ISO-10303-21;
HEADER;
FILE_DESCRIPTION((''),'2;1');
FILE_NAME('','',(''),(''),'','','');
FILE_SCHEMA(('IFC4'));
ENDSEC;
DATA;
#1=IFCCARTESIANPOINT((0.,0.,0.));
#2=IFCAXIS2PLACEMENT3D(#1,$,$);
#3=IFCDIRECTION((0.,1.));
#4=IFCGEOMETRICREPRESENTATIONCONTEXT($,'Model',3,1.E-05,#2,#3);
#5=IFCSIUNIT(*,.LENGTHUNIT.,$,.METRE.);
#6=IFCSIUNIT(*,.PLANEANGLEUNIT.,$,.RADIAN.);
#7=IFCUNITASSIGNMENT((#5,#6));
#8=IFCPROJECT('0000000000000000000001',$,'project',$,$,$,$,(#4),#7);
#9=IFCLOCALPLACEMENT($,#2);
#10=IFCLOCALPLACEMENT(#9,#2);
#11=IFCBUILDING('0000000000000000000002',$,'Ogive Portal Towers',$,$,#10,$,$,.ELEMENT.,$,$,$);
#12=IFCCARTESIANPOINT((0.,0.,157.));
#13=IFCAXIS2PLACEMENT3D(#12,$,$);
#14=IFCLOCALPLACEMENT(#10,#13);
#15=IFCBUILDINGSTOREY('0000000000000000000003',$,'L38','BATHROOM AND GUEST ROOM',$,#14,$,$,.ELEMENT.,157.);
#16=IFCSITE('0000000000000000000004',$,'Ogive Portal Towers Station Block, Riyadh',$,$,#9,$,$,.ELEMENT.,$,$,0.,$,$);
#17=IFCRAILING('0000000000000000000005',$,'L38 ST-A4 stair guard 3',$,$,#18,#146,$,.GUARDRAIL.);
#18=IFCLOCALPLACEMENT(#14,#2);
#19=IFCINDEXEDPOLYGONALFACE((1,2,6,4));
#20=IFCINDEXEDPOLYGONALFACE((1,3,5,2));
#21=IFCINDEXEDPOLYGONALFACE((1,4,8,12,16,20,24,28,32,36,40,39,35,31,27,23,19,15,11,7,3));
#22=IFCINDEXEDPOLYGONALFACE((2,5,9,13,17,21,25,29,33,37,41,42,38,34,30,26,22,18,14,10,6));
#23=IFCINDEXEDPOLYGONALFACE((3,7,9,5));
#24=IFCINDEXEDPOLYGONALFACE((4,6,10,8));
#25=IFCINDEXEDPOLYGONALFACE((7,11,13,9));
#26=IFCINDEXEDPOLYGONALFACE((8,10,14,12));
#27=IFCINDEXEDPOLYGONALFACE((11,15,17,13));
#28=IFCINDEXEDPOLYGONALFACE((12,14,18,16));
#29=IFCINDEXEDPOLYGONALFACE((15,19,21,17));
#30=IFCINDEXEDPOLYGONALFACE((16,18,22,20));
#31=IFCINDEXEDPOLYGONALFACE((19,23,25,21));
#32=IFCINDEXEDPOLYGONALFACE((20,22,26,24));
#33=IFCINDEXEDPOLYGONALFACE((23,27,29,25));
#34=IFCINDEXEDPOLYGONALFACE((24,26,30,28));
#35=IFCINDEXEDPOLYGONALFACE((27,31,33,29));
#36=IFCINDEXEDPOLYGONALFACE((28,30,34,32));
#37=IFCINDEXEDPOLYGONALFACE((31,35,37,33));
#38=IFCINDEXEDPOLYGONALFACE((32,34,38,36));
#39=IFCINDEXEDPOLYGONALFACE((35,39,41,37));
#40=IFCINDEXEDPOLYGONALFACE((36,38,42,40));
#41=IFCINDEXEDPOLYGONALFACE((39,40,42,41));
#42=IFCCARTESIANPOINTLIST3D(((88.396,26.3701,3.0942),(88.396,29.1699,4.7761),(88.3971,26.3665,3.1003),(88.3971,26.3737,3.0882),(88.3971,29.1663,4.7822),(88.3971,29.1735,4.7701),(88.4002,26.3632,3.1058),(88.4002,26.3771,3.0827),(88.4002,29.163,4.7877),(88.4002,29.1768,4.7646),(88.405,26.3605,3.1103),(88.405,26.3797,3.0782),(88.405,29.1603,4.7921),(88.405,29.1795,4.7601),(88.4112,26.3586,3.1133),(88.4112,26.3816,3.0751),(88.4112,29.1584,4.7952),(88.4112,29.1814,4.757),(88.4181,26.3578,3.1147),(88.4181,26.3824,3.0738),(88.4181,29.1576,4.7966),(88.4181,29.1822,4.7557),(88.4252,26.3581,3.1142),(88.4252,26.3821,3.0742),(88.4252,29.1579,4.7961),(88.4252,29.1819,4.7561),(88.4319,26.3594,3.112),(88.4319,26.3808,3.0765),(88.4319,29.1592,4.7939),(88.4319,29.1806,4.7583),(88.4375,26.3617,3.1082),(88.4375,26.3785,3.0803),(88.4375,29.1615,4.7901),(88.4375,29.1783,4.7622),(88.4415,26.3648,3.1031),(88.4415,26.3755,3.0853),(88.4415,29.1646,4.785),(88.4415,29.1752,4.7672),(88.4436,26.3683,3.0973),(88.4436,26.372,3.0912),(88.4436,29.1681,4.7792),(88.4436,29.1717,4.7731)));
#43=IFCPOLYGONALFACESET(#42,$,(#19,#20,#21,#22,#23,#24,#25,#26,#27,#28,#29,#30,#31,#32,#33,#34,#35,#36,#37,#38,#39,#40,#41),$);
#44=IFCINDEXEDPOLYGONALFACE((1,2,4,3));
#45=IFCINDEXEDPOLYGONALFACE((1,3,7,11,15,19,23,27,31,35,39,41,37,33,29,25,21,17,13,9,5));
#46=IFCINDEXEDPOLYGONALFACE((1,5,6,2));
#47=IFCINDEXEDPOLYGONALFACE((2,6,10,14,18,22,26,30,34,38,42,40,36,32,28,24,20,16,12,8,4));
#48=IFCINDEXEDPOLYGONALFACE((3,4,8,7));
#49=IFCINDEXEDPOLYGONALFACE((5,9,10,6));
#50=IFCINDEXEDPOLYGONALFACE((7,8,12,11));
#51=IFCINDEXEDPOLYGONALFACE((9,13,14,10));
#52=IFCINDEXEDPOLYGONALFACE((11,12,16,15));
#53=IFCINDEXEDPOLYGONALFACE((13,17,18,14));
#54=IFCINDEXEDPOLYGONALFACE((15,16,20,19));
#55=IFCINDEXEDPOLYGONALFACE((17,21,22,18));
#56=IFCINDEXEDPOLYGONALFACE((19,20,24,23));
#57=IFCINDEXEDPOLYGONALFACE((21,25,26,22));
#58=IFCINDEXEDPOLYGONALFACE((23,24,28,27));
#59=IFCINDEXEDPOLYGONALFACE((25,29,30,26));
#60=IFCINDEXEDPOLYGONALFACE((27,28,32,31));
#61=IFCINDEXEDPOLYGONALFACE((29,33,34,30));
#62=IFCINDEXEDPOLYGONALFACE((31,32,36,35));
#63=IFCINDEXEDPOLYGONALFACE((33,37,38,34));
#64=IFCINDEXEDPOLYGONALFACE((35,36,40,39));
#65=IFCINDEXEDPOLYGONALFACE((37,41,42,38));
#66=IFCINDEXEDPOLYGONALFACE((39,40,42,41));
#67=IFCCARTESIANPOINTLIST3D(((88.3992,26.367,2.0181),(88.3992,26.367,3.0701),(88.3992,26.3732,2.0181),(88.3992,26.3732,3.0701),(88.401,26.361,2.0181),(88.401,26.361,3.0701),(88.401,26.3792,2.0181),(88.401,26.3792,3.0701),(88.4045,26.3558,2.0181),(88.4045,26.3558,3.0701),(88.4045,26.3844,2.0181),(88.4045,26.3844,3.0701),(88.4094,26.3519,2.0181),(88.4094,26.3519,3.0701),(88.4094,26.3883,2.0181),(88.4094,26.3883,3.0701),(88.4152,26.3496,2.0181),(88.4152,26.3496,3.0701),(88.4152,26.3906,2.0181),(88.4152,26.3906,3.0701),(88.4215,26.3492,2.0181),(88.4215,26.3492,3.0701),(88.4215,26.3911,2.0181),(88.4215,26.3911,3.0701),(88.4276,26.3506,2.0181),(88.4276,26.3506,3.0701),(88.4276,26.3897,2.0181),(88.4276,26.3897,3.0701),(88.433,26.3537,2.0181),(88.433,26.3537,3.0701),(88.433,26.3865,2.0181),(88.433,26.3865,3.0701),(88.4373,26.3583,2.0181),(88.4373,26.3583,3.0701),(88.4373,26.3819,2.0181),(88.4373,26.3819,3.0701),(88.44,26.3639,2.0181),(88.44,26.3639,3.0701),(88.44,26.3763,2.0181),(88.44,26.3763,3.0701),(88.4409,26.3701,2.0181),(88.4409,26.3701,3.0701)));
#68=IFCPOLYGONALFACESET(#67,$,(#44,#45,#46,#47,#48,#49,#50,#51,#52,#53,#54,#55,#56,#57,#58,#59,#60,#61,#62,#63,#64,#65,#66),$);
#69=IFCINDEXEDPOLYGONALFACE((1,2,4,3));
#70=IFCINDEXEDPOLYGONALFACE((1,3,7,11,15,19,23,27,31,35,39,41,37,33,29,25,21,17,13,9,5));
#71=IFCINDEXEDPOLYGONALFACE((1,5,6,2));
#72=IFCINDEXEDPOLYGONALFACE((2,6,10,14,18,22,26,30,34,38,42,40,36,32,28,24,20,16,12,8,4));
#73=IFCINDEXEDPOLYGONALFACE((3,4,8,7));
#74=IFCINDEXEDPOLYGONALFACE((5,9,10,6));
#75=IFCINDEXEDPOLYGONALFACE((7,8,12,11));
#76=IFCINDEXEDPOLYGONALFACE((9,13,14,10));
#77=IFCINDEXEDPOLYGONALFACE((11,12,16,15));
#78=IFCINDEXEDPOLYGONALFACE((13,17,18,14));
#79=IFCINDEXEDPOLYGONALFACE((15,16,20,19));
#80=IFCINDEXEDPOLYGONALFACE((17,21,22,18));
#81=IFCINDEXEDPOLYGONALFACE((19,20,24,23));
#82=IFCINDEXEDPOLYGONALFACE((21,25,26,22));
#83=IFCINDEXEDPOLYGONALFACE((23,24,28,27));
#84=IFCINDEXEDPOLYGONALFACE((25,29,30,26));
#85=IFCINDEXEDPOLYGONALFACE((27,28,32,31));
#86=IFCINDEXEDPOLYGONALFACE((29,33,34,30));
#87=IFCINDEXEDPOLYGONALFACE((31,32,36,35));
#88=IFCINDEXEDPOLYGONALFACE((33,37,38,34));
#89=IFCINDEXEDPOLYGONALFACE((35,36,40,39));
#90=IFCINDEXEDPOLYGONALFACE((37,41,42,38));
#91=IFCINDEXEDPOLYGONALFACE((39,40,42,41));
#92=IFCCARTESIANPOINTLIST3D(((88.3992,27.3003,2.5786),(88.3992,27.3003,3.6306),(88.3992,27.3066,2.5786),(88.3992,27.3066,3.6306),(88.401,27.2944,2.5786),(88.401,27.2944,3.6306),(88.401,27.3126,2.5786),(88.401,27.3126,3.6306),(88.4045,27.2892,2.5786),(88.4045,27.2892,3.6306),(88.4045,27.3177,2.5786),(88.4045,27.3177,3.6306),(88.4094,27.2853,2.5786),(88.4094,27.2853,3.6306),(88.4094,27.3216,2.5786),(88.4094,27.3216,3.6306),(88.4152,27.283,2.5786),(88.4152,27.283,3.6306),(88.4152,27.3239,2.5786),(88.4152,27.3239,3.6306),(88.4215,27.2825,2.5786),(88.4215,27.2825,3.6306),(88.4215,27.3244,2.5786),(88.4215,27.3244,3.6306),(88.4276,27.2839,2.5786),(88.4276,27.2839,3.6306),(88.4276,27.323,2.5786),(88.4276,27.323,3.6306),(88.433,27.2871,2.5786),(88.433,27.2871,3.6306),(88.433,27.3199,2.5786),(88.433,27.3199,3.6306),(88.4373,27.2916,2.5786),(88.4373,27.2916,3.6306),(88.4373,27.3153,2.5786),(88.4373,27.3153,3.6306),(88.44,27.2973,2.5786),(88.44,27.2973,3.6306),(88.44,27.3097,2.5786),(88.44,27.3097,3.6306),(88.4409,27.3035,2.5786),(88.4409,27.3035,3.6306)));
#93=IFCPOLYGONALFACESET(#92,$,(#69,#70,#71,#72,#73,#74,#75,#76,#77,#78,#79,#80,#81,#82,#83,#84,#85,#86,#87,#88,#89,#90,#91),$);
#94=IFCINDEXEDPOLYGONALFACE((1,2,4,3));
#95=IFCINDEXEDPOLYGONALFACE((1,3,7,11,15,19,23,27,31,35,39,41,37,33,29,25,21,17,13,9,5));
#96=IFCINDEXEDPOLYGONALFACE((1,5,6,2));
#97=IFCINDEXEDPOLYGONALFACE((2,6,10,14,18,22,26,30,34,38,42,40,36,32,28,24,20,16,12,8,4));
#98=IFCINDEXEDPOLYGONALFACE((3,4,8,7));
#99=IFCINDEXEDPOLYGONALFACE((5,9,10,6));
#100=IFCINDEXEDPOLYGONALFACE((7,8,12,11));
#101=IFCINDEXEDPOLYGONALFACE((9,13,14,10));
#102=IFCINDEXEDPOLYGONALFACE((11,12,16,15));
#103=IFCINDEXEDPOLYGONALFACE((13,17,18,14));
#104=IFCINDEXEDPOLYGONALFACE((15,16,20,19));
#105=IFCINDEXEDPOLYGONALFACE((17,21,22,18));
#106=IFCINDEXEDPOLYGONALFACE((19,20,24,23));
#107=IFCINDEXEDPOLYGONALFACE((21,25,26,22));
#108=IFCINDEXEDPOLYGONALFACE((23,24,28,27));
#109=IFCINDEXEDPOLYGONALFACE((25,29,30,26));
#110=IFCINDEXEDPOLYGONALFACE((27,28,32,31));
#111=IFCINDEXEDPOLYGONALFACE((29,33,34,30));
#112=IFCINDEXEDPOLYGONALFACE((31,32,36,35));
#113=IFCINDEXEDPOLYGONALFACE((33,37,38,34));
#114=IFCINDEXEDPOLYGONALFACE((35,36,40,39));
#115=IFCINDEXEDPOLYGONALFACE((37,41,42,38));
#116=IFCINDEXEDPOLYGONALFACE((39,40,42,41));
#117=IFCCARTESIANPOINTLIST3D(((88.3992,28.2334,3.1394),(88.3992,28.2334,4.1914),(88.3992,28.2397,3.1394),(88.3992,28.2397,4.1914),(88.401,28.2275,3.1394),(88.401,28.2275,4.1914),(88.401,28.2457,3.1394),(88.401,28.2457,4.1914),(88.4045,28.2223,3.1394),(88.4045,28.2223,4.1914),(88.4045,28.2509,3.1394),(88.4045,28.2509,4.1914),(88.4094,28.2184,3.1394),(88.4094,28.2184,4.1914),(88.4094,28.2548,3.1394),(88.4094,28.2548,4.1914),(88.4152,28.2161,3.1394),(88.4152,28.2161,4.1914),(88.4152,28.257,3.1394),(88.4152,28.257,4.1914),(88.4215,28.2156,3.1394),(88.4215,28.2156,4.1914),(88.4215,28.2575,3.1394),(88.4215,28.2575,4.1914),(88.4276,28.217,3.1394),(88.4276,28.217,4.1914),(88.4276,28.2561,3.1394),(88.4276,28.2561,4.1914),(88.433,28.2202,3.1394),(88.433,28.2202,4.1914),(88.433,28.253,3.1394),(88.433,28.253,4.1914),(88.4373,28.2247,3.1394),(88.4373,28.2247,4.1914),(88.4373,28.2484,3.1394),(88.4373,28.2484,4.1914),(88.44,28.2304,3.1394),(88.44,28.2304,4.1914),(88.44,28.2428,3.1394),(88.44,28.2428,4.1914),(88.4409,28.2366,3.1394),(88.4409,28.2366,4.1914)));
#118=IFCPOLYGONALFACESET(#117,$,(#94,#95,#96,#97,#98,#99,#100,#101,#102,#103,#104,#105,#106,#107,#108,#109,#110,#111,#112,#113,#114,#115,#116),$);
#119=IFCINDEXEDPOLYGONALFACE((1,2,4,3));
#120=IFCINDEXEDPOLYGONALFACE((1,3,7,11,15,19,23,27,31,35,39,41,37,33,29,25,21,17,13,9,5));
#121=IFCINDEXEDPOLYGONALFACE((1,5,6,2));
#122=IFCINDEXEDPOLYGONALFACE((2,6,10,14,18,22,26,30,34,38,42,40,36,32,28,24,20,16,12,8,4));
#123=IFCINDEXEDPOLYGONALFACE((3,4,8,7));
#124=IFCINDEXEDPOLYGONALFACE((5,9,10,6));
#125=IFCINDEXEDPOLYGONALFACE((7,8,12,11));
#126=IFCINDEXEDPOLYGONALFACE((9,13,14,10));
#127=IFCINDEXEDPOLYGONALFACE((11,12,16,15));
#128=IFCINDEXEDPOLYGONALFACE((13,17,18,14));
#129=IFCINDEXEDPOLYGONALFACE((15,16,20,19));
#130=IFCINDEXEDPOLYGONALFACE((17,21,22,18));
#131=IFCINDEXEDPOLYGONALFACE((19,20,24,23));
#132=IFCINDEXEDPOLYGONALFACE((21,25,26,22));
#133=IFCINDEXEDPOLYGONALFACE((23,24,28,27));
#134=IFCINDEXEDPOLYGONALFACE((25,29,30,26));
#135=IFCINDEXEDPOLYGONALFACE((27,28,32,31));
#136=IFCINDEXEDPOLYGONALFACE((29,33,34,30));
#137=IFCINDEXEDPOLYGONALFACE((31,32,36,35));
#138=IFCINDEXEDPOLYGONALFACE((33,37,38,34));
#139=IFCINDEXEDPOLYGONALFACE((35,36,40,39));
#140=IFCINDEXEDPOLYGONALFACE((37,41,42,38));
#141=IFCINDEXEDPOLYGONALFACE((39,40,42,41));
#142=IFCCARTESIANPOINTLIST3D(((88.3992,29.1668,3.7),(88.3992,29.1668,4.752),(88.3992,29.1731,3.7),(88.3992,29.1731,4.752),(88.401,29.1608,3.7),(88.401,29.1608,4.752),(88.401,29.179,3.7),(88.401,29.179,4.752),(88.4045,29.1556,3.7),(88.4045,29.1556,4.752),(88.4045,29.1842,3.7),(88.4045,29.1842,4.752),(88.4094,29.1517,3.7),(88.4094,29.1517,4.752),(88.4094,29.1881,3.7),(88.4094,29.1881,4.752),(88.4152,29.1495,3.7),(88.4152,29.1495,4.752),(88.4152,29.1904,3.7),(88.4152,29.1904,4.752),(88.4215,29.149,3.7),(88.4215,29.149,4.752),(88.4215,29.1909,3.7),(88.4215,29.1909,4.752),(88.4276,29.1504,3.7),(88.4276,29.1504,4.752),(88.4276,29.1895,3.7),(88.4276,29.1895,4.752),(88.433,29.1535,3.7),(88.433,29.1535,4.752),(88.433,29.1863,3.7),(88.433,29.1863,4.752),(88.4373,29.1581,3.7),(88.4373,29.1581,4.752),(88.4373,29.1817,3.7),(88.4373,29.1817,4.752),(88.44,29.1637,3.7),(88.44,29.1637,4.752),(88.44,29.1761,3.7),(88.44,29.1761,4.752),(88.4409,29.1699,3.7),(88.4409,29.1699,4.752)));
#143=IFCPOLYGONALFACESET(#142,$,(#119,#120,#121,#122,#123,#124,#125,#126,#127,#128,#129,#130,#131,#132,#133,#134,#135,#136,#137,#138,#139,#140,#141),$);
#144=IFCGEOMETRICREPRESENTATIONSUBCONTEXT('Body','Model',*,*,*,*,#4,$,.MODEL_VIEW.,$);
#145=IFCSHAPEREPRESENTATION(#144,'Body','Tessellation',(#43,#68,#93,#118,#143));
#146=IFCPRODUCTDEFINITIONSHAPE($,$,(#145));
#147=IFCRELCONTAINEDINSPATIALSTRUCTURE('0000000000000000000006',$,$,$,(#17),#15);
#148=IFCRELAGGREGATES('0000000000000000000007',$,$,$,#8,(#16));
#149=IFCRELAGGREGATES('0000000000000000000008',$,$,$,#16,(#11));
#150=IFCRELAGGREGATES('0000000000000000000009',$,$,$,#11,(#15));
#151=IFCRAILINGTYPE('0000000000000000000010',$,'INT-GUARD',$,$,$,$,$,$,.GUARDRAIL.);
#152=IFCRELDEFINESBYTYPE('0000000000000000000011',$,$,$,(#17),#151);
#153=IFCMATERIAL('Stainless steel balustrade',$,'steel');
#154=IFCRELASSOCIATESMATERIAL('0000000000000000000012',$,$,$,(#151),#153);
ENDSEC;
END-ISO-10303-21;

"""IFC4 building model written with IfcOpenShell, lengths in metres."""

from ifc_helpers import new_model, si_unit, direction, frame, origin, origin_2d, place, context, subcontext, project, spatial, circle, extrude, material, type_object, element, save


model = new_model("IFC4")

# Units and contexts
model_context = context("Model", 3, precision=1e-05, world=origin(), true_north=direction((0.0, 1.0)))
body_context = subcontext(model_context, "Body", "Model", "MODEL_VIEW")
ifc_project = project(units=[si_unit("LENGTHUNIT", "METRE"), si_unit("PLANEANGLEUNIT", "RADIAN")], contexts=[model_context])

# Site, building, storey
site_placement = place(None, origin())
site = spatial("IfcSite", under=ifc_project, at=site_placement, Name="Ogive Portal Towers Station Block, Riyadh", CompositionType="ELEMENT", RefElevation=0.0)
building_placement = place(site_placement, origin())
building = spatial("IfcBuilding", under=site, at=building_placement, Name="Ogive Portal Towers", CompositionType="ELEMENT")
storey_placement = place(building_placement, frame((0.0, 0.0, 157.0)))
storey = spatial("IfcBuildingStorey", under=building, at=storey_placement, Name="L38", Description="BATHROOM AND GUEST ROOM", CompositionType="ELEMENT", Elevation=157.0)

# Railing
ifc_material_1 = material(Name="Stainless steel balustrade", Category="steel")
railing_type_1 = type_object("IfcRailingType", Name="INT-GUARD", PredefinedType="GUARDRAIL", material=ifc_material_1)
railing_1_placement = place(storey_placement, frame((88.4199, 26.3701, 2.0181)))
element("IfcRailing", 1, at=railing_1_placement, inside=storey, type_object=railing_type_1, Name="L38 ST-A4 stair guard 3", PredefinedType="GUARDRAIL", context=body_context, shape_type="SweptSolid", body=[
    extrude(circle(Radius=0.0239, at=origin_2d()), frame((0.0, 0.0, 1.0762), z_axis=(0.0, 0.857222, 0.514946), x_axis=(-1.0, 0.0, 0.0)), (0.0, 0.0, 1.0), 3.2661),
    extrude(circle(Radius=0.021, at=origin_2d()), origin(), (0.0, 0.0, 1.0), 1.052),
    extrude(circle(Radius=0.021, at=origin_2d()), frame((0.0, 0.9333, 0.5605)), (0.0, 0.0, 1.0), 1.052),
    extrude(circle(Radius=0.021, at=origin_2d()), frame((0.0, 1.8665, 1.1213)), (0.0, 0.0, 1.0), 1.052),
    extrude(circle(Radius=0.021, at=origin_2d()), frame((0.0, 2.7998, 1.6819)), (0.0, 0.0, 1.0), 1.052),
])

save(model, "model.ifc")
